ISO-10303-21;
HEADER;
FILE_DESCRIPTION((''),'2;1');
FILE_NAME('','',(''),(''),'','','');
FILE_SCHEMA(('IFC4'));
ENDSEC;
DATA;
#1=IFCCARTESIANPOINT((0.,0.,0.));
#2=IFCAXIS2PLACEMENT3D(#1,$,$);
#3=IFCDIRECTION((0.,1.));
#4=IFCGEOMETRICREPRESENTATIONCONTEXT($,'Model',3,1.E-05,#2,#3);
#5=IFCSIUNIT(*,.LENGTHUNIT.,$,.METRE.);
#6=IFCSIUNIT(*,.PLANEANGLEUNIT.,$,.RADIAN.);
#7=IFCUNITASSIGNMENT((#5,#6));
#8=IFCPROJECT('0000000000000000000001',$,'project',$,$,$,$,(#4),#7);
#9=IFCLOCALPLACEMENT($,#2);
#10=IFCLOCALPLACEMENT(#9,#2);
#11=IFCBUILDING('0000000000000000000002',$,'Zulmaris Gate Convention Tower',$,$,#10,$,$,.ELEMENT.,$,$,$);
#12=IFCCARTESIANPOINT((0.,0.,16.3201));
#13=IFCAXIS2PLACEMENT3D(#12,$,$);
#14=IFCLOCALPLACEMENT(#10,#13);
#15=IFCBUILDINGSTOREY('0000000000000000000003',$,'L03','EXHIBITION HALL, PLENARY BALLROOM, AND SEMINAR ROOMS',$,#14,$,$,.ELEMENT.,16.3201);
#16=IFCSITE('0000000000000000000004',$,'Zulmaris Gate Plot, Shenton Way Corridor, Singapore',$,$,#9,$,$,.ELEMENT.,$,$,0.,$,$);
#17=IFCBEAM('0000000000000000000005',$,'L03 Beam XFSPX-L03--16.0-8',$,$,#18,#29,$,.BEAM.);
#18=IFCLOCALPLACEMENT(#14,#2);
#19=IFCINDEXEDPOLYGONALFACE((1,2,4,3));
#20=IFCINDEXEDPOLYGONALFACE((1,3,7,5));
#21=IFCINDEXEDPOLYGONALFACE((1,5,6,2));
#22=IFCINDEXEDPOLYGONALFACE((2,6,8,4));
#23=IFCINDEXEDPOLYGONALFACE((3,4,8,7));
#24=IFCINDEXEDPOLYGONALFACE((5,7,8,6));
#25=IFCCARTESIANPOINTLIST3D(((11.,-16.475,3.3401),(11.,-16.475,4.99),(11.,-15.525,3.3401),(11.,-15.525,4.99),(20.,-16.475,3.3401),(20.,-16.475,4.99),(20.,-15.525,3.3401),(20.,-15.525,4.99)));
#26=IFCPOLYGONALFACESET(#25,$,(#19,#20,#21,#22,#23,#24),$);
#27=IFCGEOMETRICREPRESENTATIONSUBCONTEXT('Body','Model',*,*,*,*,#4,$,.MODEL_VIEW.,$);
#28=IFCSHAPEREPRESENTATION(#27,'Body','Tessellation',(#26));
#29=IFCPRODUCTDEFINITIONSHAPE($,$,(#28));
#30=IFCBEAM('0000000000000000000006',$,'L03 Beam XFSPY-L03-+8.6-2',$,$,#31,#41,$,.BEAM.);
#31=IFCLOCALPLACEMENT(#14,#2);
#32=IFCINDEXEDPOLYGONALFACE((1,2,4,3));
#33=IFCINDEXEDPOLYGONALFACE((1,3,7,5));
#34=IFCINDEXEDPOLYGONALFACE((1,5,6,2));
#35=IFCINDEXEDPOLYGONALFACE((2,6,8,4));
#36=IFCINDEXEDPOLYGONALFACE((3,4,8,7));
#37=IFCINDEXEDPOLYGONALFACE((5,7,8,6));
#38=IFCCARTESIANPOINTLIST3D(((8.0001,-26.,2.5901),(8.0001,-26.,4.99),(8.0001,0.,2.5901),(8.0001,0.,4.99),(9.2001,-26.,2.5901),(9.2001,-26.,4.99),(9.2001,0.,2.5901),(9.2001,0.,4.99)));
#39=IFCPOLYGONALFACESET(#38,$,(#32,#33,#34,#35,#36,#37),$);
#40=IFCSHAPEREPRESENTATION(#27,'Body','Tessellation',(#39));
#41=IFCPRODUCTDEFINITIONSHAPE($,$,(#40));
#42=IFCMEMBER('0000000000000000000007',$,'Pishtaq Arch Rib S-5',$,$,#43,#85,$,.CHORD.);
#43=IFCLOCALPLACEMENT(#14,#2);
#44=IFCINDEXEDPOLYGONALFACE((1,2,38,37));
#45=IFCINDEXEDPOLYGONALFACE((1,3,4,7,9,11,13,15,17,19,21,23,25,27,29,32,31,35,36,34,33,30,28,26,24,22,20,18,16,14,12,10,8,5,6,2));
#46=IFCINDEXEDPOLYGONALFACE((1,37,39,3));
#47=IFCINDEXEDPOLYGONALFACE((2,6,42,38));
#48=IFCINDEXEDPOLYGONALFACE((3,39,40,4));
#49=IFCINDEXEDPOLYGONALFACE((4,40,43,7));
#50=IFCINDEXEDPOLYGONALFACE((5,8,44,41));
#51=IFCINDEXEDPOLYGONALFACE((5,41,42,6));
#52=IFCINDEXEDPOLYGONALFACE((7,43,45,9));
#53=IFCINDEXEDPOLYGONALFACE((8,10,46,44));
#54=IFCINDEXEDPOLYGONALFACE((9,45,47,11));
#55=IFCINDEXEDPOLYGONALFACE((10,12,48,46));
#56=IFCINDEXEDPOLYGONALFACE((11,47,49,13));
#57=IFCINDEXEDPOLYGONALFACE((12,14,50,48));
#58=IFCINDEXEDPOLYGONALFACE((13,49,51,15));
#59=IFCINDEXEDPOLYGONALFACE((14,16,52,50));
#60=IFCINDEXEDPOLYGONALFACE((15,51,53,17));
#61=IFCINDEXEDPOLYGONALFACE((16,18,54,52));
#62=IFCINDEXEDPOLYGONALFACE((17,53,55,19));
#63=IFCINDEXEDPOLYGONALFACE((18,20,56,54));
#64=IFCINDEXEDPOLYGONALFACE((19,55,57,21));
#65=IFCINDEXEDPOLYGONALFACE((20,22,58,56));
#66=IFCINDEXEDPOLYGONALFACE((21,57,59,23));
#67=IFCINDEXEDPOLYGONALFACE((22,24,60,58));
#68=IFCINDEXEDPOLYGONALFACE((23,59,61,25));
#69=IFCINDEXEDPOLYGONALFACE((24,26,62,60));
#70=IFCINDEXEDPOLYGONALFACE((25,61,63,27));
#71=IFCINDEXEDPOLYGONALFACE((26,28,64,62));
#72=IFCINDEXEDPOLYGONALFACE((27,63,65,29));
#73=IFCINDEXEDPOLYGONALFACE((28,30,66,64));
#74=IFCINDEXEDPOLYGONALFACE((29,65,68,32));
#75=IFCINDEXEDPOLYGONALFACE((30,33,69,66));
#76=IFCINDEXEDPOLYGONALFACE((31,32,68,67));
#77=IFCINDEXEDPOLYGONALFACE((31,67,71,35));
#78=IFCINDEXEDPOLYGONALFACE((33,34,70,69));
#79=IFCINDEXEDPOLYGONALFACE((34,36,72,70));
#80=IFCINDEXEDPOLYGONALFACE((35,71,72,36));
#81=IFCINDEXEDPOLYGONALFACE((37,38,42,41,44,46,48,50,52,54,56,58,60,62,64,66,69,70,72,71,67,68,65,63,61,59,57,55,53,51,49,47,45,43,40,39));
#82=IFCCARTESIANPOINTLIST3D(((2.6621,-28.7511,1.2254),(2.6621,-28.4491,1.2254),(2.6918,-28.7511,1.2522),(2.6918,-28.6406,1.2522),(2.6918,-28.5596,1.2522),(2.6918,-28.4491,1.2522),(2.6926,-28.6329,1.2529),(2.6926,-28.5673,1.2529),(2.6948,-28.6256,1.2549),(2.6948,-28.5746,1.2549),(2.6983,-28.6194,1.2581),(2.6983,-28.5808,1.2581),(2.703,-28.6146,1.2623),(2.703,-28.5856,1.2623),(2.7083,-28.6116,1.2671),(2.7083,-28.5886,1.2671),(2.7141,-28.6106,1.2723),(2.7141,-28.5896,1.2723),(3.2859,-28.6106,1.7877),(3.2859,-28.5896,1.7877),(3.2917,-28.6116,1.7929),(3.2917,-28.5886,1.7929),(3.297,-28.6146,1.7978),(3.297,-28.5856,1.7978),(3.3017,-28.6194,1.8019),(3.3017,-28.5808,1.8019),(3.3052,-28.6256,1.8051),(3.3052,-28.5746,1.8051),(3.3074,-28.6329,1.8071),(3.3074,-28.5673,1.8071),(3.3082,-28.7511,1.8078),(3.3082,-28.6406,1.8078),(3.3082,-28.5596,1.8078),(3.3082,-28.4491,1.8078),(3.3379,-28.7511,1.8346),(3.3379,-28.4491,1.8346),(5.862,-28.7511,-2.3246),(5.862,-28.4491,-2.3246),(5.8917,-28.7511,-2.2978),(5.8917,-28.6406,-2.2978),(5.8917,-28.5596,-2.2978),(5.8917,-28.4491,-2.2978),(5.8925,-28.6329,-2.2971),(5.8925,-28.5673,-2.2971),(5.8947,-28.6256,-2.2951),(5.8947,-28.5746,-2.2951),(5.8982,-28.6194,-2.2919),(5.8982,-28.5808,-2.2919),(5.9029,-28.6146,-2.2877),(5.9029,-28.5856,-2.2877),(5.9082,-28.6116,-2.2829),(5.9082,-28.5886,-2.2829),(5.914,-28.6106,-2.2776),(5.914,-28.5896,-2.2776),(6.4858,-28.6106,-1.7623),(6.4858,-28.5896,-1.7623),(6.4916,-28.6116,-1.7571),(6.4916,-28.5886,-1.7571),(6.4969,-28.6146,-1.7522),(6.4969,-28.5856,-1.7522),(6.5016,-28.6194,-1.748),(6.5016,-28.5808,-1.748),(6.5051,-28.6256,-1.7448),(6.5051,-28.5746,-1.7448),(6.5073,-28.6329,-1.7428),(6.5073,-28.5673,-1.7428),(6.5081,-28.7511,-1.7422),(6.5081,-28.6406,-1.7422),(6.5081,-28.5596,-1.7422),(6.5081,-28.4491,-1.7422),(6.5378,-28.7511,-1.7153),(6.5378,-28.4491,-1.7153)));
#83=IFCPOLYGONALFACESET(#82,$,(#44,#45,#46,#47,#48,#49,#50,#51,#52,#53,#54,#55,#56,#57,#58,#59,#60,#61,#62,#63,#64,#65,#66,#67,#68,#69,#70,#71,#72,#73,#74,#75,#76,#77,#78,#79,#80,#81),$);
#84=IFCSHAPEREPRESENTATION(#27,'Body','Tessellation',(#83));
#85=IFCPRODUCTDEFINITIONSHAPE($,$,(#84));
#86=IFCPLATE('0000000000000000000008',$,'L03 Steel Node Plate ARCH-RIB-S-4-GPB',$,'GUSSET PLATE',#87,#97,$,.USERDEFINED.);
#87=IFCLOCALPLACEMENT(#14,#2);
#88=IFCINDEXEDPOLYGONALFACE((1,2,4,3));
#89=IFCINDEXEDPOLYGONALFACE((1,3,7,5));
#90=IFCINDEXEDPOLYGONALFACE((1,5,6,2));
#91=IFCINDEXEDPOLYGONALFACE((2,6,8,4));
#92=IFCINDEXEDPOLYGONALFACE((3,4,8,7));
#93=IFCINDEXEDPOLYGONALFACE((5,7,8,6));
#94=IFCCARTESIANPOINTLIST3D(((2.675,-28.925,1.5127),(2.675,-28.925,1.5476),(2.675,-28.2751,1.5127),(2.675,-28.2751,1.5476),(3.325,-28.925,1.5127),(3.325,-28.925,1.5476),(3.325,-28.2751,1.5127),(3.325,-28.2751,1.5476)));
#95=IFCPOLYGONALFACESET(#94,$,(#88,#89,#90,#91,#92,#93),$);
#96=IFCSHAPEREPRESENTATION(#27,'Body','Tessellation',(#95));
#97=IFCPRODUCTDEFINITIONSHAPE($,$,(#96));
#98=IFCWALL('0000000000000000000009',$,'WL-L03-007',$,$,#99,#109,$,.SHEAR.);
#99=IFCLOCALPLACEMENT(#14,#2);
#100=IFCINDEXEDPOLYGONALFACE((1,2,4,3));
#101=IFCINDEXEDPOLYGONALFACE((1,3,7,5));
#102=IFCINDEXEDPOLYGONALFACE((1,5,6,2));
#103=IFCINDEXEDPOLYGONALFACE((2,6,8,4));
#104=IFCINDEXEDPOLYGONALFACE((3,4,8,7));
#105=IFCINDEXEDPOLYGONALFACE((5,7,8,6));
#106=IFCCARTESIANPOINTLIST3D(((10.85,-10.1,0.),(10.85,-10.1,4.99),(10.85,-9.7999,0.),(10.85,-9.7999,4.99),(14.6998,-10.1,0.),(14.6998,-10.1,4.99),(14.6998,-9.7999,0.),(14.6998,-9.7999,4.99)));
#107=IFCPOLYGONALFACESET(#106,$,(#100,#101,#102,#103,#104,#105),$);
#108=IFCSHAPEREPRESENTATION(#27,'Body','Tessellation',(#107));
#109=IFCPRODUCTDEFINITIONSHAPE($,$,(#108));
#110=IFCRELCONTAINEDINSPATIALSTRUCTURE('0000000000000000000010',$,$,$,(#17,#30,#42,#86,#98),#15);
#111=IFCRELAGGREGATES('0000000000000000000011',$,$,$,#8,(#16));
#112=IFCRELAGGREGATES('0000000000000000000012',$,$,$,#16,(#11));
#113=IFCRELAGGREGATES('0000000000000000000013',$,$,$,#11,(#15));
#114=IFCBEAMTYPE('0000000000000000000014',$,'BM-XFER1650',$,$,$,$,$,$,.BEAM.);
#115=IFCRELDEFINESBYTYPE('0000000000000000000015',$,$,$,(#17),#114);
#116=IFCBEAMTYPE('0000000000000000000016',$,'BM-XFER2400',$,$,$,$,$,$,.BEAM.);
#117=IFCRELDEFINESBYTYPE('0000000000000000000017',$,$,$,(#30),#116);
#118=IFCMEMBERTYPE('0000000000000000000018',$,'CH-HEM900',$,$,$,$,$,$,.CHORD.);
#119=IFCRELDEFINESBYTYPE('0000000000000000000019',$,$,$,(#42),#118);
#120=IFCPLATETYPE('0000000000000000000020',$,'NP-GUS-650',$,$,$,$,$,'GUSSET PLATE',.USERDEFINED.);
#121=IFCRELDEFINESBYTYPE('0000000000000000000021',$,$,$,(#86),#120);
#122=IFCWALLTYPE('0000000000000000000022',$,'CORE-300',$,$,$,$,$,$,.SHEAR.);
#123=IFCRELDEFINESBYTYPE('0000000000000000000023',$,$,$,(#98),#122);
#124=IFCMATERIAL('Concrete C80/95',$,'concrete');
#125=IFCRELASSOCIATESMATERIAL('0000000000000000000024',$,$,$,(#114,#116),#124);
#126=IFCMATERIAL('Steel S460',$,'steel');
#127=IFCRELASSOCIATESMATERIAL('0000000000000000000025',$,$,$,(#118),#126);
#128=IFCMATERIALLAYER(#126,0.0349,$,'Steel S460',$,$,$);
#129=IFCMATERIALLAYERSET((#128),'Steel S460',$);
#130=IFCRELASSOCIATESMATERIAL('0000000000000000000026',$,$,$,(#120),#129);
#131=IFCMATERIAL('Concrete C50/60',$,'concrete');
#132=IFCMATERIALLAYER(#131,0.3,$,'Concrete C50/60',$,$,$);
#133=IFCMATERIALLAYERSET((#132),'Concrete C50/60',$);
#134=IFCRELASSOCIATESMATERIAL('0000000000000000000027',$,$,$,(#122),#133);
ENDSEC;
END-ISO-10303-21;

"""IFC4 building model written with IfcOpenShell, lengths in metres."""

from ifc_helpers import new_model, si_unit, direction, frame, frame_2d, origin, origin_2d, place, context, subcontext, project, spatial, rectangle, i_section, extrude, material, layer, layer_set, material_profile, profile_set, type_object, element, save


model = new_model("IFC4")

# Units and contexts
model_context = context("Model", 3, precision=1e-05, world=origin(), true_north=direction((0.0, 1.0)))
body_context = subcontext(model_context, "Body", "Model", "MODEL_VIEW")
ifc_project = project(units=[si_unit("LENGTHUNIT", "METRE"), si_unit("PLANEANGLEUNIT", "RADIAN")], contexts=[model_context])

# Site, building, storey
site_placement = place(None, origin())
site = spatial("IfcSite", under=ifc_project, at=site_placement, Name="Zulmaris Gate Plot, Shenton Way Corridor, Singapore", CompositionType="ELEMENT", RefElevation=0.0)
building_placement = place(site_placement, origin())
building = spatial("IfcBuilding", under=site, at=building_placement, Name="Zulmaris Gate Convention Tower", CompositionType="ELEMENT")
storey_placement = place(building_placement, frame((0.0, 0.0, 16.3201)))
storey = spatial("IfcBuildingStorey", under=building, at=storey_placement, Name="L03", Description="EXHIBITION HALL, PLENARY BALLROOM, AND SEMINAR ROOMS", CompositionType="ELEMENT", Elevation=16.3201)

# Shared definitions
ifc_material_1 = material(Name="Concrete C80/95", Category="concrete")

# Beams
ifc_material_profile_1 = material_profile(ifc_material_1, rectangle(XDim=0.95, YDim=1.6499, at=origin_2d()), Name="RC TRANSFER 950x1650")
ifc_profile_set_1 = profile_set([ifc_material_profile_1], Name="Concrete C80/95")
beam_type_1 = type_object("IfcBeamType", Name="BM-XFER1650", PredefinedType="BEAM", material=ifc_profile_set_1)
for number, where, z_axis, x_axis, name in (
    (1, (11.0, -16.0, 4.165), (1.0, 0.0, 0.0), (0.0, 1.0, 0.0), "L03 Beam XFSPX-L03--16.0-8"),
):
    element("IfcBeam", number, at=place(storey_placement, frame(where, z_axis=z_axis, x_axis=x_axis)), inside=storey, type_object=beam_type_1, Name=name, PredefinedType="BEAM", context=body_context, shape_type="SweptSolid", body=[
        extrude(rectangle(XDim=0.95, YDim=1.6499, at=origin_2d()), origin(), (0.0, 0.0, 1.0), 9.0),
    ])
ifc_material_profile_2 = material_profile(ifc_material_1, rectangle(XDim=1.2, YDim=2.3999, at=origin_2d()), Name="RC TRANSFER 1200x2400")
ifc_profile_set_2 = profile_set([ifc_material_profile_2], Name="Concrete C80/95")
beam_type_2 = type_object("IfcBeamType", Name="BM-XFER2400", PredefinedType="BEAM", material=ifc_profile_set_2)
beam_1_placement = place(storey_placement, frame((8.6001, -26.0, 3.79), z_axis=(0.0, 1.0, 0.0), x_axis=(-1.0, 0.0, 0.0)))
element("IfcBeam", 2, at=beam_1_placement, inside=storey, type_object=beam_type_2, Name="L03 Beam XFSPY-L03-+8.6-2", PredefinedType="BEAM", context=body_context, shape_type="SweptSolid", body=[
    extrude(rectangle(XDim=1.2, YDim=2.3999, at=origin_2d()), origin(), (0.0, 0.0, 1.0), 26.0),
])

# Member
ifc_material_2 = material(Name="Steel S460", Category="steel")
ifc_material_profile_3 = material_profile(ifc_material_2, i_section(OverallWidth=0.302, OverallDepth=0.9099, WebThickness=0.021, FlangeThickness=0.04, FilletRadius=0.03, at=origin_2d()), Name="HEM 900")
ifc_profile_set_3 = profile_set([ifc_material_profile_3], Name="Steel S460")
member_type = type_object("IfcMemberType", Name="CH-HEM900", PredefinedType="CHORD", material=ifc_profile_set_3)
member_placement = place(storey_placement, frame((3.0, -28.6001, 1.53), z_axis=(0.669532, 0.0, -0.742783), x_axis=(0.0, 1.0, 0.0)))
element("IfcMember", 3, at=member_placement, inside=storey, type_object=member_type, Name="Pishtaq Arch Rib S-5", PredefinedType="CHORD", context=body_context, shape_type="SweptSolid", body=[
    extrude(i_section(OverallWidth=0.302, OverallDepth=0.9099, WebThickness=0.021, FlangeThickness=0.04, FilletRadius=0.03, at=origin_2d()), origin(), (0.0, 0.0, 1.0), 4.7793),
])

# Plate
ifc_layer_1 = layer(ifc_material_2, 0.0349, Name="Steel S460")
ifc_layer_set_1 = layer_set([ifc_layer_1], Name="Steel S460")
plate_type = type_object("IfcPlateType", Name="NP-GUS-650", ElementType="GUSSET PLATE", PredefinedType="USERDEFINED", material=ifc_layer_set_1)
plate_placement = place(storey_placement, frame((3.0, -28.6001, 1.5127), z_axis=(0.0, 0.0, 1.0), x_axis=(1.0, 0.0, 0.0)))
element("IfcPlate", 4, at=plate_placement, inside=storey, type_object=plate_type, Name="L03 Steel Node Plate ARCH-RIB-S-4-GPB", ObjectType="GUSSET PLATE", PredefinedType="USERDEFINED", context=body_context, shape_type="SweptSolid", body=[
    extrude(rectangle(XDim=0.6499, YDim=0.6499, at=origin_2d()), origin(), (0.0, 0.0, 1.0), 0.0349),
])

# Wall
ifc_material_3 = material(Name="Concrete C50/60", Category="concrete")
ifc_layer_2 = layer(ifc_material_3, 0.3, Name="Concrete C50/60")
ifc_layer_set_2 = layer_set([ifc_layer_2], Name="Concrete C50/60")
wall_type_1 = type_object("IfcWallType", Name="CORE-300", PredefinedType="SHEAR", material=ifc_layer_set_2)
wall_1_placement = place(storey_placement, frame((10.8501, -9.95, 0.0), z_axis=(0.0, 0.0, 1.0), x_axis=(1.0, 0.0, 0.0)))
element("IfcWall", 5, at=wall_1_placement, inside=storey, type_object=wall_type_1, Name="WL-L03-007", PredefinedType="SHEAR", context=body_context, shape_type="SweptSolid", body=[
    extrude(rectangle(XDim=3.8499, YDim=0.3, at=frame_2d((1.9248, 0.0))), origin(), (0.0, 0.0, 1.0), 4.99),
])

save(model, "model.ifc")
